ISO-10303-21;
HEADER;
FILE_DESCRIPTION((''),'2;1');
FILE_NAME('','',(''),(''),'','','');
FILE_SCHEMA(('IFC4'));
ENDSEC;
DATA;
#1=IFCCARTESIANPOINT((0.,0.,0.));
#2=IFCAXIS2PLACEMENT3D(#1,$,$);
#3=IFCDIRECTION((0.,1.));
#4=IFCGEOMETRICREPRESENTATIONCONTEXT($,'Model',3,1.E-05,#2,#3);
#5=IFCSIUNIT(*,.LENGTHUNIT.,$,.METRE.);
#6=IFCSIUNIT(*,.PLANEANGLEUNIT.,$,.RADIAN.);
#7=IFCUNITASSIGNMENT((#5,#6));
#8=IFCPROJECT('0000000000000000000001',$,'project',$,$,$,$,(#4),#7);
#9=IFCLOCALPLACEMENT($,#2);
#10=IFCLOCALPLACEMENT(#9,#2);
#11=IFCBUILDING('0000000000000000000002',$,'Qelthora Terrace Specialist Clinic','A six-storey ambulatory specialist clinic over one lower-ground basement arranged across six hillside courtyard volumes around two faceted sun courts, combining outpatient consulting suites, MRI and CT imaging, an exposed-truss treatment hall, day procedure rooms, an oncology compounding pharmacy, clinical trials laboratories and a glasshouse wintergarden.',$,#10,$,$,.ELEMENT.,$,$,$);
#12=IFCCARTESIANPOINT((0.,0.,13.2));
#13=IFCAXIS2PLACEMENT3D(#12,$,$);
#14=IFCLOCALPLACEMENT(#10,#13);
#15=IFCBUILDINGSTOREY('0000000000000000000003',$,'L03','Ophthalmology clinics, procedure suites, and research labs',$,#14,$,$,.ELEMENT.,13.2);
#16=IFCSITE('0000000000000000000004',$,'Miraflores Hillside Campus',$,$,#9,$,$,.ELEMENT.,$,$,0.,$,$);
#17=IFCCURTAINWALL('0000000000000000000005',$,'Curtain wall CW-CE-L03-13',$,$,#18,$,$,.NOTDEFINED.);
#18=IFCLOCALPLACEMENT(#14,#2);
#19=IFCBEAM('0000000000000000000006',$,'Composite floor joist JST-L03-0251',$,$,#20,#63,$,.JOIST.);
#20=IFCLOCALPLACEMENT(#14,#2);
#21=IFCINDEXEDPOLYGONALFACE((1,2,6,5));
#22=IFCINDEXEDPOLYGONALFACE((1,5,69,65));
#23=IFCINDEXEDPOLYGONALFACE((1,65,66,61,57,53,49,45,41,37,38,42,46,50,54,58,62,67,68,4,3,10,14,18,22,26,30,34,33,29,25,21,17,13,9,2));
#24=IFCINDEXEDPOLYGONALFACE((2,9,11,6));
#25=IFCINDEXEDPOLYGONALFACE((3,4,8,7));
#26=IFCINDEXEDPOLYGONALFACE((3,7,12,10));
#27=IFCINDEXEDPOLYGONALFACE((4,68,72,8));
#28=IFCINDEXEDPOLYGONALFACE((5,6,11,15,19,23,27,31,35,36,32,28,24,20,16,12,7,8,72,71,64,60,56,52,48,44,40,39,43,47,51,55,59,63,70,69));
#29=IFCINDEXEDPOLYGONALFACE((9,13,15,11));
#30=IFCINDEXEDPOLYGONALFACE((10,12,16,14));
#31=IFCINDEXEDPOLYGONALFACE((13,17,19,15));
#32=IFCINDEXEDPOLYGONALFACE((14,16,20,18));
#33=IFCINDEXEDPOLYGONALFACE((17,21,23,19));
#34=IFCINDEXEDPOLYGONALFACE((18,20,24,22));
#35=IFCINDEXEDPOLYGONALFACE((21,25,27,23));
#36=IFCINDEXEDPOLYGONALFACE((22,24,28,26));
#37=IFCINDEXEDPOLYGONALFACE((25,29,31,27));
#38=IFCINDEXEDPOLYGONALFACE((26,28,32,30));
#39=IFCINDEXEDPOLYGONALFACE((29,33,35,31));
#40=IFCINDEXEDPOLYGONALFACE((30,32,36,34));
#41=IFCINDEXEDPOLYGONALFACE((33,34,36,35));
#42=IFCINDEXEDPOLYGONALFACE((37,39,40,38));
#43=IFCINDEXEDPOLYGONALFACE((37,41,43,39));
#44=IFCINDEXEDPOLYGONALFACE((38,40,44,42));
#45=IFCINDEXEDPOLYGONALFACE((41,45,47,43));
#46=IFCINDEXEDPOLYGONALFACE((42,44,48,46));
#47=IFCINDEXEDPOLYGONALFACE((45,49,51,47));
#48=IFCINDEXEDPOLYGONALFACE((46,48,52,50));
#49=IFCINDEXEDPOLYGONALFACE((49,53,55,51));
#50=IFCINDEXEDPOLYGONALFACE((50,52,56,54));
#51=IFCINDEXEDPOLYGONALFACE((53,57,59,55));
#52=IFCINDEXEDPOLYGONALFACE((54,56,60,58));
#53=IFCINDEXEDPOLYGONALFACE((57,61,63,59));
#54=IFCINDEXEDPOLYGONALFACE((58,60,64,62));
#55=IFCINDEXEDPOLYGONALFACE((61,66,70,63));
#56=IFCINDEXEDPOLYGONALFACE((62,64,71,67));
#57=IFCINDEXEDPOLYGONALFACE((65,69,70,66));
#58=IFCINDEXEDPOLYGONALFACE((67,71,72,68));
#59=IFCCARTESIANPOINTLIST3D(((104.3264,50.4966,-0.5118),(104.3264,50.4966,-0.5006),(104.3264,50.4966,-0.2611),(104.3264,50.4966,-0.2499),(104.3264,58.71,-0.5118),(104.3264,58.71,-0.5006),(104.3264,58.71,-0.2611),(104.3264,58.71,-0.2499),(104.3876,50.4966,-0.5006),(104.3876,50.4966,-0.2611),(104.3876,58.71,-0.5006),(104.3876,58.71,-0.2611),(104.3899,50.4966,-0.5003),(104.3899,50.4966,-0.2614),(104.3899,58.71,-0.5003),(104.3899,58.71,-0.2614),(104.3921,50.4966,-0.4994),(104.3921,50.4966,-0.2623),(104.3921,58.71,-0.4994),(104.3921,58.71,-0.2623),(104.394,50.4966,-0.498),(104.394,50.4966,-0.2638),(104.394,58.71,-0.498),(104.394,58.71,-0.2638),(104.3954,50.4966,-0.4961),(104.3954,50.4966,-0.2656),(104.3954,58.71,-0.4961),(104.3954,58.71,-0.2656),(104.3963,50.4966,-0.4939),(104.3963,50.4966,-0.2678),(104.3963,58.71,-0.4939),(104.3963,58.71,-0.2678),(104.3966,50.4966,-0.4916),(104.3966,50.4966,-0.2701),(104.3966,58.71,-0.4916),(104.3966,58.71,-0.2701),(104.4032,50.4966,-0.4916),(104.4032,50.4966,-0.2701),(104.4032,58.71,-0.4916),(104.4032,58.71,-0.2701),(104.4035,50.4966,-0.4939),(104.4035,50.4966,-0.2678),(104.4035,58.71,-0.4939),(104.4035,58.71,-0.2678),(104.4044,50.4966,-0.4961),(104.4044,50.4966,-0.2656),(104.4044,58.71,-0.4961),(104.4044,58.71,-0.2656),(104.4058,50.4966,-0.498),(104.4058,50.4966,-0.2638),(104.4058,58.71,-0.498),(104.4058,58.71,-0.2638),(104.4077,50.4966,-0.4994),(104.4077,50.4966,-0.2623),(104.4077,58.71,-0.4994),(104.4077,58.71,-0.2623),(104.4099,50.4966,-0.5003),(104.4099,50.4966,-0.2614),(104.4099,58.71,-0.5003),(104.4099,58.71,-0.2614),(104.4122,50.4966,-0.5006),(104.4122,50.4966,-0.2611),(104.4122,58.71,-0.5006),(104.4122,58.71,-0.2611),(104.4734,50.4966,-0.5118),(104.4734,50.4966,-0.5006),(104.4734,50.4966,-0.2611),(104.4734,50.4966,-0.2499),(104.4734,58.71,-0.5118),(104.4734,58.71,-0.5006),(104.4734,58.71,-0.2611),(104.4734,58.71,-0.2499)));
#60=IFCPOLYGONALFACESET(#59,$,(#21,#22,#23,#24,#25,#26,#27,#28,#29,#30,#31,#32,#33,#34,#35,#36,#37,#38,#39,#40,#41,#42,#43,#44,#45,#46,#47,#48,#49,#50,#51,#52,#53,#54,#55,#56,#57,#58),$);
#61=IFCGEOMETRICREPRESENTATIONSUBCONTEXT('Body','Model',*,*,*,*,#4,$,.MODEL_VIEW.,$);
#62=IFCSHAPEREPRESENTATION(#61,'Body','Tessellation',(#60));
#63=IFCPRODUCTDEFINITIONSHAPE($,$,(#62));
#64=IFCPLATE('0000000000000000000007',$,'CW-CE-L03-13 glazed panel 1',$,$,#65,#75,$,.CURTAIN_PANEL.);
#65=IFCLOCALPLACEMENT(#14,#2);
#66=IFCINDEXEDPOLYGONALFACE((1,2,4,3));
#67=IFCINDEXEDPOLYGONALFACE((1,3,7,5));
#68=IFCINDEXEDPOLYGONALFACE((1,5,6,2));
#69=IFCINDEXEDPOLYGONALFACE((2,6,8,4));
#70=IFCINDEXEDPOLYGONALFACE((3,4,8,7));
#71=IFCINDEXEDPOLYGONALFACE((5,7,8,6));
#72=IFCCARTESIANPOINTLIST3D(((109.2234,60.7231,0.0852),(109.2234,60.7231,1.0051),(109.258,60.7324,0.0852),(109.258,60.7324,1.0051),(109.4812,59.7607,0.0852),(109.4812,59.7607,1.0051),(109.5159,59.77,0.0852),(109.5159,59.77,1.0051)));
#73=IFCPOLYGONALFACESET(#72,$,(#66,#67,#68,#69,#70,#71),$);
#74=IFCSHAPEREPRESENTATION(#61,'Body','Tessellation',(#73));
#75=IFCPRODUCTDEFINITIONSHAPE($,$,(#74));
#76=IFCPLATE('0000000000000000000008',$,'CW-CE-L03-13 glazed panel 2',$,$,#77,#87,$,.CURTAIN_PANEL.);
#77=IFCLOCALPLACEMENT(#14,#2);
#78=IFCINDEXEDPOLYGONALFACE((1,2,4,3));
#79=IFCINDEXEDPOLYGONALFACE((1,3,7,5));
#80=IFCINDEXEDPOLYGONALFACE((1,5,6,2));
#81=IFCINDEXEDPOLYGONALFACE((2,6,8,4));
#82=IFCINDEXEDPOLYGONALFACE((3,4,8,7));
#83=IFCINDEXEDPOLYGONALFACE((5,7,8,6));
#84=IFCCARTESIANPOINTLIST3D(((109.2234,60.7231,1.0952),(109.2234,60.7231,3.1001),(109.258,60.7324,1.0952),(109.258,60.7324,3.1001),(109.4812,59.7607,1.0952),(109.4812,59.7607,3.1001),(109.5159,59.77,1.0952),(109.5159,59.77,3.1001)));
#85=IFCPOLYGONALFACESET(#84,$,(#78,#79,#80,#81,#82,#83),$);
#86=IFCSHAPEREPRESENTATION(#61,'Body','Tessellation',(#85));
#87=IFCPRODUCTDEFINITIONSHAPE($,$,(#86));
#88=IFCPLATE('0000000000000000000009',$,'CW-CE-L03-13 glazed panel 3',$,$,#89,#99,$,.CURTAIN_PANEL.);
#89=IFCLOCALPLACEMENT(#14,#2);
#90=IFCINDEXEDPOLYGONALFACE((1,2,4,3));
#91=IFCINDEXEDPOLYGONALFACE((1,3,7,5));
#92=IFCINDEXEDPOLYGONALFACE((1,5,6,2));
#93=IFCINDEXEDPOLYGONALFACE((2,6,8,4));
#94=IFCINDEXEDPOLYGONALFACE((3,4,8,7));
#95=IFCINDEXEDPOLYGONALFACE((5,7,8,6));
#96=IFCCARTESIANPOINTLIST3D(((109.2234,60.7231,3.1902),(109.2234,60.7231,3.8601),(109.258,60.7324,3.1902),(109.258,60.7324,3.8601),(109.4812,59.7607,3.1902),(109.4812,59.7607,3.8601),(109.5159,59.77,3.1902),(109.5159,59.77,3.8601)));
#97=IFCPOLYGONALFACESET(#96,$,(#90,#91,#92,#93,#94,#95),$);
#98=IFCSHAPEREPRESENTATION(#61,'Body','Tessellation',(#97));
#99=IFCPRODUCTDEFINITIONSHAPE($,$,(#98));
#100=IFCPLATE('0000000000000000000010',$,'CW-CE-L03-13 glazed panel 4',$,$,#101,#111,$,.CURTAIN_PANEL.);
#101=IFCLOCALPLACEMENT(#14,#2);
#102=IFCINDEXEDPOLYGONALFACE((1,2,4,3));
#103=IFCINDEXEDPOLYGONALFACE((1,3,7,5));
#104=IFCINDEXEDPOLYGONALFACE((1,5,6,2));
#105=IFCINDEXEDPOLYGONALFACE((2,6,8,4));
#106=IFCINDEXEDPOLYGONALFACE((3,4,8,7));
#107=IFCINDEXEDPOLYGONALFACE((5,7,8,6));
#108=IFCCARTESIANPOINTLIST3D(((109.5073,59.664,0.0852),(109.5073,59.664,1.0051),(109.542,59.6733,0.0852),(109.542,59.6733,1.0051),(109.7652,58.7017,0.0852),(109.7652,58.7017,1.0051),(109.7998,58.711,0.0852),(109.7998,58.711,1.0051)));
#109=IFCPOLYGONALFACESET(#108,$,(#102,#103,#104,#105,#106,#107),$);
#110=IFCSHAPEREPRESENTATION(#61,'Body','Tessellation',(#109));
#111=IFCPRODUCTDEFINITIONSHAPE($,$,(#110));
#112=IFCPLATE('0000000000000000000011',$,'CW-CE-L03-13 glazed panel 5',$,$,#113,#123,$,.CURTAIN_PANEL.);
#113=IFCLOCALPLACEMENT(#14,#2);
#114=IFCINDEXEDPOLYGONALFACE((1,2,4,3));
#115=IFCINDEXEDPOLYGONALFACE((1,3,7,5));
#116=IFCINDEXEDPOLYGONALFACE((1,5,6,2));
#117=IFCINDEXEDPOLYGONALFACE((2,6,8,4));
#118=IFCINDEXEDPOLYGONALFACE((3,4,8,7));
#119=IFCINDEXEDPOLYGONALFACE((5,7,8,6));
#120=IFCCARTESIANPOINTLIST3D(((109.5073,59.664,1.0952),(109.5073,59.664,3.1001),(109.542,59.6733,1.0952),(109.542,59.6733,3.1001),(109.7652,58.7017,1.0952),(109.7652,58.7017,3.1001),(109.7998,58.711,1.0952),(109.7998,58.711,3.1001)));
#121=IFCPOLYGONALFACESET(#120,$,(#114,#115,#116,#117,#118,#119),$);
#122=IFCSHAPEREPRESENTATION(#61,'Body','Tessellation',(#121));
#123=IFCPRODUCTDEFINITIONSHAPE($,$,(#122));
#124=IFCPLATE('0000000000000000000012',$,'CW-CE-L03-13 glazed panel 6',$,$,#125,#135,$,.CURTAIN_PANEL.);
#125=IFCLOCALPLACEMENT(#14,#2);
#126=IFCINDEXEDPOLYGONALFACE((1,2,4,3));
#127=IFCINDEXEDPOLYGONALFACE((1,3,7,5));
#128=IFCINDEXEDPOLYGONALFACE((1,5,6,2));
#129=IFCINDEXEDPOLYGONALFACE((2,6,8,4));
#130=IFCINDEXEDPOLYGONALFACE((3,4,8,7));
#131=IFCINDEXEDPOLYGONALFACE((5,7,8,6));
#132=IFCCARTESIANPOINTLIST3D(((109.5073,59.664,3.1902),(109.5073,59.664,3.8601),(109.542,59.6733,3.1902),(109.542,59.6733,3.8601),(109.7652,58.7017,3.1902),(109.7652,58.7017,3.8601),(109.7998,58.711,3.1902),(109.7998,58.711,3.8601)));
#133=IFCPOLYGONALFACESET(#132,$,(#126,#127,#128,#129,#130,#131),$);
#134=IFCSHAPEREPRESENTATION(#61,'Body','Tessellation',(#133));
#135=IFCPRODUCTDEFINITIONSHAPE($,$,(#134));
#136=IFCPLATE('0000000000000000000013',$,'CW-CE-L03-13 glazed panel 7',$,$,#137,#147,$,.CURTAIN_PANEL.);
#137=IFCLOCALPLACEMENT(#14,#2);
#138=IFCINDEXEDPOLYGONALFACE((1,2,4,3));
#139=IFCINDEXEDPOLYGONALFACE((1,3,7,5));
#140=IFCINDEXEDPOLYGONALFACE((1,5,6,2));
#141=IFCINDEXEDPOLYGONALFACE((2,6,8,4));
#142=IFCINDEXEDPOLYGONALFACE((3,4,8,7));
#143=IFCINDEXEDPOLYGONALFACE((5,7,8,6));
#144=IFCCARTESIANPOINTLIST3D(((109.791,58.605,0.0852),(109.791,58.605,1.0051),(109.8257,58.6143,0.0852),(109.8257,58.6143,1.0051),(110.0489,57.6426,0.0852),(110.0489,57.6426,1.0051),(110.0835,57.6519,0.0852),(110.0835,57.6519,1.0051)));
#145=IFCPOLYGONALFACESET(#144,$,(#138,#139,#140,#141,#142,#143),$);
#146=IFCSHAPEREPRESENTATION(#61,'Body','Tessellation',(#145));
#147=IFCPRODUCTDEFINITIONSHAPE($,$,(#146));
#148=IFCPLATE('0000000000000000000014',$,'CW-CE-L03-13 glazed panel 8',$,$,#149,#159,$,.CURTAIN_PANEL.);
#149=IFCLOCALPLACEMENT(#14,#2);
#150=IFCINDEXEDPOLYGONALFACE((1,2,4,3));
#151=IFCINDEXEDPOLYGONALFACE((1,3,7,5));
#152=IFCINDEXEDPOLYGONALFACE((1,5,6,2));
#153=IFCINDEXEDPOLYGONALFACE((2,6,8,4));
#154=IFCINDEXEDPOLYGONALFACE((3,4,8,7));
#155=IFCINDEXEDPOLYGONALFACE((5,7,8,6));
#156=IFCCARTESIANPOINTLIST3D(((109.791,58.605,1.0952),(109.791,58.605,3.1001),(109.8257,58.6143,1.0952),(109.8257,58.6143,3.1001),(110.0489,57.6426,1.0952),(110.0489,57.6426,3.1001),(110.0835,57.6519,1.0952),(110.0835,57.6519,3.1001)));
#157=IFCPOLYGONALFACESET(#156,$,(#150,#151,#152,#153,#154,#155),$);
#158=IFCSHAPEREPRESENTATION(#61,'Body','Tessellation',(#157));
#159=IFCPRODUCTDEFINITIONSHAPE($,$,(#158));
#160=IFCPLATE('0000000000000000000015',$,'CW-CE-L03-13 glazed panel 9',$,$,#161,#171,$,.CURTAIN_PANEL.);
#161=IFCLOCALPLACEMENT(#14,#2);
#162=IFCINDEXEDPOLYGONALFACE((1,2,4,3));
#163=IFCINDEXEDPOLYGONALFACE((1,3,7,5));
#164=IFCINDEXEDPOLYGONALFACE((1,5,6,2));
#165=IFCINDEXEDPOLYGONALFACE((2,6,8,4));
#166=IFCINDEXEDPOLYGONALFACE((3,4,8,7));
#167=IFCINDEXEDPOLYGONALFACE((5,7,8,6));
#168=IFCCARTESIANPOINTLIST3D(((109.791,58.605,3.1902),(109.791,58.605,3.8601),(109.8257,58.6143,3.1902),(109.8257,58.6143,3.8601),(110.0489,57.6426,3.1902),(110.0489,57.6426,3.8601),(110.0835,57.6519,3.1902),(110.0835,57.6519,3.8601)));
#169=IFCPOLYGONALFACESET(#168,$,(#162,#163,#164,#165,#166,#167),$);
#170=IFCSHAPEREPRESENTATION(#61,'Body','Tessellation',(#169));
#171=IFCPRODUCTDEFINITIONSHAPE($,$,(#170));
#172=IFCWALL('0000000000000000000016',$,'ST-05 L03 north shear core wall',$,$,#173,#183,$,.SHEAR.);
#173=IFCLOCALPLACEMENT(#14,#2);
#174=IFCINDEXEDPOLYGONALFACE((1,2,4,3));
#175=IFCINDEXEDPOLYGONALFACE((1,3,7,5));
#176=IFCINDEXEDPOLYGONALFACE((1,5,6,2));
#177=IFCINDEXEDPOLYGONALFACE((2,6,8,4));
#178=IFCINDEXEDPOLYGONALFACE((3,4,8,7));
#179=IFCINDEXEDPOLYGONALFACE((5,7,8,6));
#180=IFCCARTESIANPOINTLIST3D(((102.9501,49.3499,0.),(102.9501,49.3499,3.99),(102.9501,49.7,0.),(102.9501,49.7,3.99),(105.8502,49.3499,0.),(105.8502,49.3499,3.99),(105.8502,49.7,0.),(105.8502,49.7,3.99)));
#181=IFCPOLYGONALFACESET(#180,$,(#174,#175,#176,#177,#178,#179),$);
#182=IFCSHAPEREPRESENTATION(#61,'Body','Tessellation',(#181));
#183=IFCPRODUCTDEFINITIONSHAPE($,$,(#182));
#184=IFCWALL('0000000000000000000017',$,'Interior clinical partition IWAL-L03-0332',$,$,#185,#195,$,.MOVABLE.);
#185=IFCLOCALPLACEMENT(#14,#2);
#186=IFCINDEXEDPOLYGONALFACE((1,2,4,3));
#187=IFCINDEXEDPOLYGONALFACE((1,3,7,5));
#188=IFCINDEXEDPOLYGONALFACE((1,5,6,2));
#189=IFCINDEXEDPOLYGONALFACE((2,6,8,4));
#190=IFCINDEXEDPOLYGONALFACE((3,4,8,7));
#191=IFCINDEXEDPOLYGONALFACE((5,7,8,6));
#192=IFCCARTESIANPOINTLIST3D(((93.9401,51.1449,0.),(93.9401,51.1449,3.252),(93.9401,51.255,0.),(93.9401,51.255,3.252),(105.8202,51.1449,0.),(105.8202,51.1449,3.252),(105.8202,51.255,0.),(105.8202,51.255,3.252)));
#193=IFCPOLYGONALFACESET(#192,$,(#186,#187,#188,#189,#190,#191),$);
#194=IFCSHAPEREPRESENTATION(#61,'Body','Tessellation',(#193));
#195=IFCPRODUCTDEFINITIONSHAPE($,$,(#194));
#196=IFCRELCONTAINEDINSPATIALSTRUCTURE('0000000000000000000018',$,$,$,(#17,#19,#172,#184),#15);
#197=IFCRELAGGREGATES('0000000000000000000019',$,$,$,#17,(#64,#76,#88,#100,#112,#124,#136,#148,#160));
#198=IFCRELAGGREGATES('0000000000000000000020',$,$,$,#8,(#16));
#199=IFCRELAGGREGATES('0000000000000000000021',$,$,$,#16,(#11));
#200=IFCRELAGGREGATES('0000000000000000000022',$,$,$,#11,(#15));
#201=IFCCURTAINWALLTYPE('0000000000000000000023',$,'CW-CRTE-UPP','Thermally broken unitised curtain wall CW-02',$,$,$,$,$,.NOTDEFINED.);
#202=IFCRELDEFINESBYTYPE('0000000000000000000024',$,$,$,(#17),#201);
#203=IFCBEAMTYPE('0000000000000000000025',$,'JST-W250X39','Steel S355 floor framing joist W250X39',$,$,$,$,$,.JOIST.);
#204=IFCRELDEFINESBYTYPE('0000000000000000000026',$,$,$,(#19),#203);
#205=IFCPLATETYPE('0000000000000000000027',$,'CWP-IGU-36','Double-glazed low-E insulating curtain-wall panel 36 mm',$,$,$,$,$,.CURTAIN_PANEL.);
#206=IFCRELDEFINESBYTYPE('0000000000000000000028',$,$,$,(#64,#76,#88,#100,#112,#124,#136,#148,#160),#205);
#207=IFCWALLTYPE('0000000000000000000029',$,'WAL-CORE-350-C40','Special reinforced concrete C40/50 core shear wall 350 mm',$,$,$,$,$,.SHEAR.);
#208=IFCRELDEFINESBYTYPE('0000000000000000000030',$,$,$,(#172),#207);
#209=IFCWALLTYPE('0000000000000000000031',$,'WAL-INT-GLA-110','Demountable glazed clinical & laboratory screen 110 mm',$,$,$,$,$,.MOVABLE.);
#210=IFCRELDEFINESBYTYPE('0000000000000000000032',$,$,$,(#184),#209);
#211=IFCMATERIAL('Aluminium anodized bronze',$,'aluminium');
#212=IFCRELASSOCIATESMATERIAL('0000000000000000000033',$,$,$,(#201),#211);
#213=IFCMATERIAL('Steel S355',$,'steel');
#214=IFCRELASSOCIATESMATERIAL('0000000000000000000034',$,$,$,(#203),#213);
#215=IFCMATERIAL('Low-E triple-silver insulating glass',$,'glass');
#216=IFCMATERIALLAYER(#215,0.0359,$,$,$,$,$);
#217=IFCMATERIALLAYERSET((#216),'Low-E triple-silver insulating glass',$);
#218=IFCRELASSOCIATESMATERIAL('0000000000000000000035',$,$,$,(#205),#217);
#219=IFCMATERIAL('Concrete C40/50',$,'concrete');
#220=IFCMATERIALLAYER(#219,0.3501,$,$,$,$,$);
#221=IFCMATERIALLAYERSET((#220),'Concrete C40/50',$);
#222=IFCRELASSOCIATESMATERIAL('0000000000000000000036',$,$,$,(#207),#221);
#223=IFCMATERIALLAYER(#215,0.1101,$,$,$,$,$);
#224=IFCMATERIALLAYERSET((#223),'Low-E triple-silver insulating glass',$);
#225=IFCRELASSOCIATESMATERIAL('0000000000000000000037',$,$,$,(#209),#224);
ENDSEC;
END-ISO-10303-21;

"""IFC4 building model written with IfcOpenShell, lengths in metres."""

from ifc_helpers import new_model, si_unit, direction, frame, frame_2d, origin, origin_2d, place, context, subcontext, project, spatial, rectangle, i_section, extrude, material, layer, layer_set, material_profile, profile_set, type_object, element, aggregate, save


model = new_model("IFC4")

# Units and contexts
model_context = context("Model", 3, precision=1e-05, world=origin(), true_north=direction((0.0, 1.0)))
body_context = subcontext(model_context, "Body", "Model", "MODEL_VIEW")
ifc_project = project(units=[si_unit("LENGTHUNIT", "METRE"), si_unit("PLANEANGLEUNIT", "RADIAN")], contexts=[model_context])

# Site, building, storey
site_placement = place(None, origin())
site = spatial("IfcSite", under=ifc_project, at=site_placement, Name="Miraflores Hillside Campus", CompositionType="ELEMENT", RefElevation=0.0)
building_placement = place(site_placement, origin())
building = spatial("IfcBuilding", under=site, at=building_placement, Name="Qelthora Terrace Specialist Clinic", Description="A six-storey ambulatory specialist clinic over one lower-ground basement arranged across six hillside courtyard volumes around two faceted sun courts, combining outpatient consulting suites, MRI and CT imaging, an exposed-truss treatment hall, day procedure rooms, an oncology compounding pharmacy, clinical trials laboratories and a glasshouse wintergarden.", CompositionType="ELEMENT")
storey_placement = place(building_placement, frame((0.0, 0.0, 13.2)))
storey = spatial("IfcBuildingStorey", under=building, at=storey_placement, Name="L03", Description="Ophthalmology clinics, procedure suites, and research labs", CompositionType="ELEMENT", Elevation=13.2)

# Shared definitions
ifc_material_1 = material(Name="Steel S355", Category="steel")

# Curtain wall
ifc_material_2 = material(Name="Aluminium anodized bronze", Category="aluminium")
curtain_wall_type = type_object("IfcCurtainWallType", Name="CW-CRTE-UPP", Description="Thermally broken unitised curtain wall CW-02", PredefinedType="NOTDEFINED", material=ifc_material_2)
curtain_wall_placement = place(storey_placement, origin())
curtain_wall = element("IfcCurtainWall", 1, at=curtain_wall_placement, inside=storey, type_object=curtain_wall_type, Name="Curtain wall CW-CE-L03-13", PredefinedType="NOTDEFINED")

# Beam
ifc_material_profile_1 = material_profile(ifc_material_1, i_section(OverallWidth=0.147, OverallDepth=0.262, WebThickness=0.0066, FlangeThickness=0.0112, FilletRadius=0.009, at=origin_2d()), Name="W250X39")
ifc_profile_set_1 = profile_set([ifc_material_profile_1], Name="Steel S355")
beam_type_1 = type_object("IfcBeamType", Name="JST-W250X39", Description="Steel S355 floor framing joist W250X39", PredefinedType="JOIST", material=ifc_profile_set_1)
beam_1_placement = place(storey_placement, frame((104.3999, 50.4966, -0.3809), z_axis=(0.0, 1.0, 0.0), x_axis=(-1.0, 0.0, 0.0)))
element("IfcBeam", 2, at=beam_1_placement, inside=storey, type_object=beam_type_1, Name="Composite floor joist JST-L03-0251", PredefinedType="JOIST", context=body_context, shape_type="SweptSolid", body=[
    extrude(i_section(OverallWidth=0.147, OverallDepth=0.262, WebThickness=0.0066, FlangeThickness=0.0112, FilletRadius=0.009, at=origin_2d()), origin(), (0.0, 0.0, 1.0), 8.2134),
])

# Plates
ifc_material_3 = material(Name="Low-E triple-silver insulating glass", Category="glass")
ifc_layer_1 = layer(ifc_material_3, 0.0359)
ifc_layer_set_1 = layer_set([ifc_layer_1], Name="Low-E triple-silver insulating glass")
plate_type = type_object("IfcPlateType", Name="CWP-IGU-36", Description="Double-glazed low-E insulating curtain-wall panel 36 mm", PredefinedType="CURTAIN_PANEL", material=ifc_layer_set_1)
plate_1_placement = place(storey_placement, frame((109.3696, 60.2466, 0.0852), z_axis=(0.0, 0.0, 1.0), x_axis=(0.258819, -0.965926, 0.0)))
plate_1 = element("IfcPlate", 3, at=plate_1_placement, type_object=plate_type, Name="CW-CE-L03-13 glazed panel 1", PredefinedType="CURTAIN_PANEL", context=body_context, shape_type="SweptSolid", body=[
    extrude(rectangle(XDim=0.9963, YDim=0.0359, at=origin_2d()), origin(), (0.0, 0.0, 1.0), 0.9199),
])
plate_2_placement = place(storey_placement, frame((109.3696, 60.2466, 1.0952), z_axis=(0.0, 0.0, 1.0), x_axis=(0.258819, -0.965926, 0.0)))
plate_2 = element("IfcPlate", 4, at=plate_2_placement, type_object=plate_type, Name="CW-CE-L03-13 glazed panel 2", PredefinedType="CURTAIN_PANEL", context=body_context, shape_type="SweptSolid", body=[
    extrude(rectangle(XDim=0.9963, YDim=0.0359, at=origin_2d()), origin(), (0.0, 0.0, 1.0), 2.0049),
])
plate_3_placement = place(storey_placement, frame((109.3696, 60.2466, 3.1902), z_axis=(0.0, 0.0, 1.0), x_axis=(0.258819, -0.965926, 0.0)))
plate_3 = element("IfcPlate", 5, at=plate_3_placement, type_object=plate_type, Name="CW-CE-L03-13 glazed panel 3", PredefinedType="CURTAIN_PANEL", context=body_context, shape_type="SweptSolid", body=[
    extrude(rectangle(XDim=0.9963, YDim=0.0359, at=origin_2d()), origin(), (0.0, 0.0, 1.0), 0.6699),
])
plate_4_placement = place(storey_placement, frame((109.6536, 59.1875, 0.0852), z_axis=(0.0, 0.0, 1.0), x_axis=(0.258819, -0.965926, 0.0)))
plate_4 = element("IfcPlate", 6, at=plate_4_placement, type_object=plate_type, Name="CW-CE-L03-13 glazed panel 4", PredefinedType="CURTAIN_PANEL", context=body_context, shape_type="SweptSolid", body=[
    extrude(rectangle(XDim=0.9963, YDim=0.0359, at=origin_2d()), origin(), (0.0, 0.0, 1.0), 0.9199),
])
plate_5_placement = place(storey_placement, frame((109.6536, 59.1875, 1.0952), z_axis=(0.0, 0.0, 1.0), x_axis=(0.258819, -0.965926, 0.0)))
plate_5 = element("IfcPlate", 7, at=plate_5_placement, type_object=plate_type, Name="CW-CE-L03-13 glazed panel 5", PredefinedType="CURTAIN_PANEL", context=body_context, shape_type="SweptSolid", body=[
    extrude(rectangle(XDim=0.9963, YDim=0.0359, at=origin_2d()), origin(), (0.0, 0.0, 1.0), 2.0049),
])
plate_6_placement = place(storey_placement, frame((109.6536, 59.1875, 3.1902), z_axis=(0.0, 0.0, 1.0), x_axis=(0.258819, -0.965926, 0.0)))
plate_6 = element("IfcPlate", 8, at=plate_6_placement, type_object=plate_type, Name="CW-CE-L03-13 glazed panel 6", PredefinedType="CURTAIN_PANEL", context=body_context, shape_type="SweptSolid", body=[
    extrude(rectangle(XDim=0.9963, YDim=0.0359, at=origin_2d()), origin(), (0.0, 0.0, 1.0), 0.6699),
])
plate_7_placement = place(storey_placement, frame((109.9373, 58.1284, 0.0852), z_axis=(0.0, 0.0, 1.0), x_axis=(0.258819, -0.965926, 0.0)))
plate_7 = element("IfcPlate", 9, at=plate_7_placement, type_object=plate_type, Name="CW-CE-L03-13 glazed panel 7", PredefinedType="CURTAIN_PANEL", context=body_context, shape_type="SweptSolid", body=[
    extrude(rectangle(XDim=0.9963, YDim=0.0359, at=origin_2d()), origin(), (0.0, 0.0, 1.0), 0.9199),
])
plate_8_placement = place(storey_placement, frame((109.9373, 58.1284, 1.0952), z_axis=(0.0, 0.0, 1.0), x_axis=(0.258819, -0.965926, 0.0)))
plate_8 = element("IfcPlate", 10, at=plate_8_placement, type_object=plate_type, Name="CW-CE-L03-13 glazed panel 8", PredefinedType="CURTAIN_PANEL", context=body_context, shape_type="SweptSolid", body=[
    extrude(rectangle(XDim=0.9963, YDim=0.0359, at=origin_2d()), origin(), (0.0, 0.0, 1.0), 2.0049),
])
plate_9_placement = place(storey_placement, frame((109.9373, 58.1284, 3.1902), z_axis=(0.0, 0.0, 1.0), x_axis=(0.258819, -0.965926, 0.0)))
plate_9 = element("IfcPlate", 11, at=plate_9_placement, type_object=plate_type, Name="CW-CE-L03-13 glazed panel 9", PredefinedType="CURTAIN_PANEL", context=body_context, shape_type="SweptSolid", body=[
    extrude(rectangle(XDim=0.9963, YDim=0.0359, at=origin_2d()), origin(), (0.0, 0.0, 1.0), 0.6699),
])
aggregate(curtain_wall, [plate_1, plate_2, plate_3, plate_4, plate_5, plate_6, plate_7, plate_8, plate_9])

# Walls
ifc_material_4 = material(Name="Concrete C40/50", Category="concrete")
ifc_layer_2 = layer(ifc_material_4, 0.3501)
ifc_layer_set_2 = layer_set([ifc_layer_2], Name="Concrete C40/50")
wall_type_1 = type_object("IfcWallType", Name="WAL-CORE-350-C40", Description="Special reinforced concrete C40/50 core shear wall 350 mm", PredefinedType="SHEAR", material=ifc_layer_set_2)
wall_1_placement = place(storey_placement, frame((102.95, 49.5249, 0.0), z_axis=(0.0, 0.0, 1.0), x_axis=(1.0, 0.0, 0.0)))
element("IfcWall", 12, at=wall_1_placement, inside=storey, type_object=wall_type_1, Name="ST-05 L03 north shear core wall", PredefinedType="SHEAR", context=body_context, shape_type="SweptSolid", body=[
    extrude(rectangle(XDim=2.9001, YDim=0.3501, at=frame_2d((1.4502, 0.0))), origin(), (0.0, 0.0, 1.0), 3.99),
])
ifc_layer_3 = layer(ifc_material_3, 0.1101)
ifc_layer_set_3 = layer_set([ifc_layer_3], Name="Low-E triple-silver insulating glass")
wall_type_2 = type_object("IfcWallType", Name="WAL-INT-GLA-110", Description="Demountable glazed clinical & laboratory screen 110 mm", PredefinedType="MOVABLE", material=ifc_layer_set_3)
wall_2_placement = place(storey_placement, frame((105.8201, 51.2, 0.0), z_axis=(0.0, 0.0, 1.0), x_axis=(-1.0, 0.0, 0.0)))
element("IfcWall", 13, at=wall_2_placement, inside=storey, type_object=wall_type_2, Name="Interior clinical partition IWAL-L03-0332", PredefinedType="MOVABLE", context=body_context, shape_type="SweptSolid", body=[
    extrude(rectangle(XDim=11.8801, YDim=0.1101, at=frame_2d((5.9399, 0.0))), origin(), (0.0, 0.0, 1.0), 3.252),
])

save(model, "model.ifc")
